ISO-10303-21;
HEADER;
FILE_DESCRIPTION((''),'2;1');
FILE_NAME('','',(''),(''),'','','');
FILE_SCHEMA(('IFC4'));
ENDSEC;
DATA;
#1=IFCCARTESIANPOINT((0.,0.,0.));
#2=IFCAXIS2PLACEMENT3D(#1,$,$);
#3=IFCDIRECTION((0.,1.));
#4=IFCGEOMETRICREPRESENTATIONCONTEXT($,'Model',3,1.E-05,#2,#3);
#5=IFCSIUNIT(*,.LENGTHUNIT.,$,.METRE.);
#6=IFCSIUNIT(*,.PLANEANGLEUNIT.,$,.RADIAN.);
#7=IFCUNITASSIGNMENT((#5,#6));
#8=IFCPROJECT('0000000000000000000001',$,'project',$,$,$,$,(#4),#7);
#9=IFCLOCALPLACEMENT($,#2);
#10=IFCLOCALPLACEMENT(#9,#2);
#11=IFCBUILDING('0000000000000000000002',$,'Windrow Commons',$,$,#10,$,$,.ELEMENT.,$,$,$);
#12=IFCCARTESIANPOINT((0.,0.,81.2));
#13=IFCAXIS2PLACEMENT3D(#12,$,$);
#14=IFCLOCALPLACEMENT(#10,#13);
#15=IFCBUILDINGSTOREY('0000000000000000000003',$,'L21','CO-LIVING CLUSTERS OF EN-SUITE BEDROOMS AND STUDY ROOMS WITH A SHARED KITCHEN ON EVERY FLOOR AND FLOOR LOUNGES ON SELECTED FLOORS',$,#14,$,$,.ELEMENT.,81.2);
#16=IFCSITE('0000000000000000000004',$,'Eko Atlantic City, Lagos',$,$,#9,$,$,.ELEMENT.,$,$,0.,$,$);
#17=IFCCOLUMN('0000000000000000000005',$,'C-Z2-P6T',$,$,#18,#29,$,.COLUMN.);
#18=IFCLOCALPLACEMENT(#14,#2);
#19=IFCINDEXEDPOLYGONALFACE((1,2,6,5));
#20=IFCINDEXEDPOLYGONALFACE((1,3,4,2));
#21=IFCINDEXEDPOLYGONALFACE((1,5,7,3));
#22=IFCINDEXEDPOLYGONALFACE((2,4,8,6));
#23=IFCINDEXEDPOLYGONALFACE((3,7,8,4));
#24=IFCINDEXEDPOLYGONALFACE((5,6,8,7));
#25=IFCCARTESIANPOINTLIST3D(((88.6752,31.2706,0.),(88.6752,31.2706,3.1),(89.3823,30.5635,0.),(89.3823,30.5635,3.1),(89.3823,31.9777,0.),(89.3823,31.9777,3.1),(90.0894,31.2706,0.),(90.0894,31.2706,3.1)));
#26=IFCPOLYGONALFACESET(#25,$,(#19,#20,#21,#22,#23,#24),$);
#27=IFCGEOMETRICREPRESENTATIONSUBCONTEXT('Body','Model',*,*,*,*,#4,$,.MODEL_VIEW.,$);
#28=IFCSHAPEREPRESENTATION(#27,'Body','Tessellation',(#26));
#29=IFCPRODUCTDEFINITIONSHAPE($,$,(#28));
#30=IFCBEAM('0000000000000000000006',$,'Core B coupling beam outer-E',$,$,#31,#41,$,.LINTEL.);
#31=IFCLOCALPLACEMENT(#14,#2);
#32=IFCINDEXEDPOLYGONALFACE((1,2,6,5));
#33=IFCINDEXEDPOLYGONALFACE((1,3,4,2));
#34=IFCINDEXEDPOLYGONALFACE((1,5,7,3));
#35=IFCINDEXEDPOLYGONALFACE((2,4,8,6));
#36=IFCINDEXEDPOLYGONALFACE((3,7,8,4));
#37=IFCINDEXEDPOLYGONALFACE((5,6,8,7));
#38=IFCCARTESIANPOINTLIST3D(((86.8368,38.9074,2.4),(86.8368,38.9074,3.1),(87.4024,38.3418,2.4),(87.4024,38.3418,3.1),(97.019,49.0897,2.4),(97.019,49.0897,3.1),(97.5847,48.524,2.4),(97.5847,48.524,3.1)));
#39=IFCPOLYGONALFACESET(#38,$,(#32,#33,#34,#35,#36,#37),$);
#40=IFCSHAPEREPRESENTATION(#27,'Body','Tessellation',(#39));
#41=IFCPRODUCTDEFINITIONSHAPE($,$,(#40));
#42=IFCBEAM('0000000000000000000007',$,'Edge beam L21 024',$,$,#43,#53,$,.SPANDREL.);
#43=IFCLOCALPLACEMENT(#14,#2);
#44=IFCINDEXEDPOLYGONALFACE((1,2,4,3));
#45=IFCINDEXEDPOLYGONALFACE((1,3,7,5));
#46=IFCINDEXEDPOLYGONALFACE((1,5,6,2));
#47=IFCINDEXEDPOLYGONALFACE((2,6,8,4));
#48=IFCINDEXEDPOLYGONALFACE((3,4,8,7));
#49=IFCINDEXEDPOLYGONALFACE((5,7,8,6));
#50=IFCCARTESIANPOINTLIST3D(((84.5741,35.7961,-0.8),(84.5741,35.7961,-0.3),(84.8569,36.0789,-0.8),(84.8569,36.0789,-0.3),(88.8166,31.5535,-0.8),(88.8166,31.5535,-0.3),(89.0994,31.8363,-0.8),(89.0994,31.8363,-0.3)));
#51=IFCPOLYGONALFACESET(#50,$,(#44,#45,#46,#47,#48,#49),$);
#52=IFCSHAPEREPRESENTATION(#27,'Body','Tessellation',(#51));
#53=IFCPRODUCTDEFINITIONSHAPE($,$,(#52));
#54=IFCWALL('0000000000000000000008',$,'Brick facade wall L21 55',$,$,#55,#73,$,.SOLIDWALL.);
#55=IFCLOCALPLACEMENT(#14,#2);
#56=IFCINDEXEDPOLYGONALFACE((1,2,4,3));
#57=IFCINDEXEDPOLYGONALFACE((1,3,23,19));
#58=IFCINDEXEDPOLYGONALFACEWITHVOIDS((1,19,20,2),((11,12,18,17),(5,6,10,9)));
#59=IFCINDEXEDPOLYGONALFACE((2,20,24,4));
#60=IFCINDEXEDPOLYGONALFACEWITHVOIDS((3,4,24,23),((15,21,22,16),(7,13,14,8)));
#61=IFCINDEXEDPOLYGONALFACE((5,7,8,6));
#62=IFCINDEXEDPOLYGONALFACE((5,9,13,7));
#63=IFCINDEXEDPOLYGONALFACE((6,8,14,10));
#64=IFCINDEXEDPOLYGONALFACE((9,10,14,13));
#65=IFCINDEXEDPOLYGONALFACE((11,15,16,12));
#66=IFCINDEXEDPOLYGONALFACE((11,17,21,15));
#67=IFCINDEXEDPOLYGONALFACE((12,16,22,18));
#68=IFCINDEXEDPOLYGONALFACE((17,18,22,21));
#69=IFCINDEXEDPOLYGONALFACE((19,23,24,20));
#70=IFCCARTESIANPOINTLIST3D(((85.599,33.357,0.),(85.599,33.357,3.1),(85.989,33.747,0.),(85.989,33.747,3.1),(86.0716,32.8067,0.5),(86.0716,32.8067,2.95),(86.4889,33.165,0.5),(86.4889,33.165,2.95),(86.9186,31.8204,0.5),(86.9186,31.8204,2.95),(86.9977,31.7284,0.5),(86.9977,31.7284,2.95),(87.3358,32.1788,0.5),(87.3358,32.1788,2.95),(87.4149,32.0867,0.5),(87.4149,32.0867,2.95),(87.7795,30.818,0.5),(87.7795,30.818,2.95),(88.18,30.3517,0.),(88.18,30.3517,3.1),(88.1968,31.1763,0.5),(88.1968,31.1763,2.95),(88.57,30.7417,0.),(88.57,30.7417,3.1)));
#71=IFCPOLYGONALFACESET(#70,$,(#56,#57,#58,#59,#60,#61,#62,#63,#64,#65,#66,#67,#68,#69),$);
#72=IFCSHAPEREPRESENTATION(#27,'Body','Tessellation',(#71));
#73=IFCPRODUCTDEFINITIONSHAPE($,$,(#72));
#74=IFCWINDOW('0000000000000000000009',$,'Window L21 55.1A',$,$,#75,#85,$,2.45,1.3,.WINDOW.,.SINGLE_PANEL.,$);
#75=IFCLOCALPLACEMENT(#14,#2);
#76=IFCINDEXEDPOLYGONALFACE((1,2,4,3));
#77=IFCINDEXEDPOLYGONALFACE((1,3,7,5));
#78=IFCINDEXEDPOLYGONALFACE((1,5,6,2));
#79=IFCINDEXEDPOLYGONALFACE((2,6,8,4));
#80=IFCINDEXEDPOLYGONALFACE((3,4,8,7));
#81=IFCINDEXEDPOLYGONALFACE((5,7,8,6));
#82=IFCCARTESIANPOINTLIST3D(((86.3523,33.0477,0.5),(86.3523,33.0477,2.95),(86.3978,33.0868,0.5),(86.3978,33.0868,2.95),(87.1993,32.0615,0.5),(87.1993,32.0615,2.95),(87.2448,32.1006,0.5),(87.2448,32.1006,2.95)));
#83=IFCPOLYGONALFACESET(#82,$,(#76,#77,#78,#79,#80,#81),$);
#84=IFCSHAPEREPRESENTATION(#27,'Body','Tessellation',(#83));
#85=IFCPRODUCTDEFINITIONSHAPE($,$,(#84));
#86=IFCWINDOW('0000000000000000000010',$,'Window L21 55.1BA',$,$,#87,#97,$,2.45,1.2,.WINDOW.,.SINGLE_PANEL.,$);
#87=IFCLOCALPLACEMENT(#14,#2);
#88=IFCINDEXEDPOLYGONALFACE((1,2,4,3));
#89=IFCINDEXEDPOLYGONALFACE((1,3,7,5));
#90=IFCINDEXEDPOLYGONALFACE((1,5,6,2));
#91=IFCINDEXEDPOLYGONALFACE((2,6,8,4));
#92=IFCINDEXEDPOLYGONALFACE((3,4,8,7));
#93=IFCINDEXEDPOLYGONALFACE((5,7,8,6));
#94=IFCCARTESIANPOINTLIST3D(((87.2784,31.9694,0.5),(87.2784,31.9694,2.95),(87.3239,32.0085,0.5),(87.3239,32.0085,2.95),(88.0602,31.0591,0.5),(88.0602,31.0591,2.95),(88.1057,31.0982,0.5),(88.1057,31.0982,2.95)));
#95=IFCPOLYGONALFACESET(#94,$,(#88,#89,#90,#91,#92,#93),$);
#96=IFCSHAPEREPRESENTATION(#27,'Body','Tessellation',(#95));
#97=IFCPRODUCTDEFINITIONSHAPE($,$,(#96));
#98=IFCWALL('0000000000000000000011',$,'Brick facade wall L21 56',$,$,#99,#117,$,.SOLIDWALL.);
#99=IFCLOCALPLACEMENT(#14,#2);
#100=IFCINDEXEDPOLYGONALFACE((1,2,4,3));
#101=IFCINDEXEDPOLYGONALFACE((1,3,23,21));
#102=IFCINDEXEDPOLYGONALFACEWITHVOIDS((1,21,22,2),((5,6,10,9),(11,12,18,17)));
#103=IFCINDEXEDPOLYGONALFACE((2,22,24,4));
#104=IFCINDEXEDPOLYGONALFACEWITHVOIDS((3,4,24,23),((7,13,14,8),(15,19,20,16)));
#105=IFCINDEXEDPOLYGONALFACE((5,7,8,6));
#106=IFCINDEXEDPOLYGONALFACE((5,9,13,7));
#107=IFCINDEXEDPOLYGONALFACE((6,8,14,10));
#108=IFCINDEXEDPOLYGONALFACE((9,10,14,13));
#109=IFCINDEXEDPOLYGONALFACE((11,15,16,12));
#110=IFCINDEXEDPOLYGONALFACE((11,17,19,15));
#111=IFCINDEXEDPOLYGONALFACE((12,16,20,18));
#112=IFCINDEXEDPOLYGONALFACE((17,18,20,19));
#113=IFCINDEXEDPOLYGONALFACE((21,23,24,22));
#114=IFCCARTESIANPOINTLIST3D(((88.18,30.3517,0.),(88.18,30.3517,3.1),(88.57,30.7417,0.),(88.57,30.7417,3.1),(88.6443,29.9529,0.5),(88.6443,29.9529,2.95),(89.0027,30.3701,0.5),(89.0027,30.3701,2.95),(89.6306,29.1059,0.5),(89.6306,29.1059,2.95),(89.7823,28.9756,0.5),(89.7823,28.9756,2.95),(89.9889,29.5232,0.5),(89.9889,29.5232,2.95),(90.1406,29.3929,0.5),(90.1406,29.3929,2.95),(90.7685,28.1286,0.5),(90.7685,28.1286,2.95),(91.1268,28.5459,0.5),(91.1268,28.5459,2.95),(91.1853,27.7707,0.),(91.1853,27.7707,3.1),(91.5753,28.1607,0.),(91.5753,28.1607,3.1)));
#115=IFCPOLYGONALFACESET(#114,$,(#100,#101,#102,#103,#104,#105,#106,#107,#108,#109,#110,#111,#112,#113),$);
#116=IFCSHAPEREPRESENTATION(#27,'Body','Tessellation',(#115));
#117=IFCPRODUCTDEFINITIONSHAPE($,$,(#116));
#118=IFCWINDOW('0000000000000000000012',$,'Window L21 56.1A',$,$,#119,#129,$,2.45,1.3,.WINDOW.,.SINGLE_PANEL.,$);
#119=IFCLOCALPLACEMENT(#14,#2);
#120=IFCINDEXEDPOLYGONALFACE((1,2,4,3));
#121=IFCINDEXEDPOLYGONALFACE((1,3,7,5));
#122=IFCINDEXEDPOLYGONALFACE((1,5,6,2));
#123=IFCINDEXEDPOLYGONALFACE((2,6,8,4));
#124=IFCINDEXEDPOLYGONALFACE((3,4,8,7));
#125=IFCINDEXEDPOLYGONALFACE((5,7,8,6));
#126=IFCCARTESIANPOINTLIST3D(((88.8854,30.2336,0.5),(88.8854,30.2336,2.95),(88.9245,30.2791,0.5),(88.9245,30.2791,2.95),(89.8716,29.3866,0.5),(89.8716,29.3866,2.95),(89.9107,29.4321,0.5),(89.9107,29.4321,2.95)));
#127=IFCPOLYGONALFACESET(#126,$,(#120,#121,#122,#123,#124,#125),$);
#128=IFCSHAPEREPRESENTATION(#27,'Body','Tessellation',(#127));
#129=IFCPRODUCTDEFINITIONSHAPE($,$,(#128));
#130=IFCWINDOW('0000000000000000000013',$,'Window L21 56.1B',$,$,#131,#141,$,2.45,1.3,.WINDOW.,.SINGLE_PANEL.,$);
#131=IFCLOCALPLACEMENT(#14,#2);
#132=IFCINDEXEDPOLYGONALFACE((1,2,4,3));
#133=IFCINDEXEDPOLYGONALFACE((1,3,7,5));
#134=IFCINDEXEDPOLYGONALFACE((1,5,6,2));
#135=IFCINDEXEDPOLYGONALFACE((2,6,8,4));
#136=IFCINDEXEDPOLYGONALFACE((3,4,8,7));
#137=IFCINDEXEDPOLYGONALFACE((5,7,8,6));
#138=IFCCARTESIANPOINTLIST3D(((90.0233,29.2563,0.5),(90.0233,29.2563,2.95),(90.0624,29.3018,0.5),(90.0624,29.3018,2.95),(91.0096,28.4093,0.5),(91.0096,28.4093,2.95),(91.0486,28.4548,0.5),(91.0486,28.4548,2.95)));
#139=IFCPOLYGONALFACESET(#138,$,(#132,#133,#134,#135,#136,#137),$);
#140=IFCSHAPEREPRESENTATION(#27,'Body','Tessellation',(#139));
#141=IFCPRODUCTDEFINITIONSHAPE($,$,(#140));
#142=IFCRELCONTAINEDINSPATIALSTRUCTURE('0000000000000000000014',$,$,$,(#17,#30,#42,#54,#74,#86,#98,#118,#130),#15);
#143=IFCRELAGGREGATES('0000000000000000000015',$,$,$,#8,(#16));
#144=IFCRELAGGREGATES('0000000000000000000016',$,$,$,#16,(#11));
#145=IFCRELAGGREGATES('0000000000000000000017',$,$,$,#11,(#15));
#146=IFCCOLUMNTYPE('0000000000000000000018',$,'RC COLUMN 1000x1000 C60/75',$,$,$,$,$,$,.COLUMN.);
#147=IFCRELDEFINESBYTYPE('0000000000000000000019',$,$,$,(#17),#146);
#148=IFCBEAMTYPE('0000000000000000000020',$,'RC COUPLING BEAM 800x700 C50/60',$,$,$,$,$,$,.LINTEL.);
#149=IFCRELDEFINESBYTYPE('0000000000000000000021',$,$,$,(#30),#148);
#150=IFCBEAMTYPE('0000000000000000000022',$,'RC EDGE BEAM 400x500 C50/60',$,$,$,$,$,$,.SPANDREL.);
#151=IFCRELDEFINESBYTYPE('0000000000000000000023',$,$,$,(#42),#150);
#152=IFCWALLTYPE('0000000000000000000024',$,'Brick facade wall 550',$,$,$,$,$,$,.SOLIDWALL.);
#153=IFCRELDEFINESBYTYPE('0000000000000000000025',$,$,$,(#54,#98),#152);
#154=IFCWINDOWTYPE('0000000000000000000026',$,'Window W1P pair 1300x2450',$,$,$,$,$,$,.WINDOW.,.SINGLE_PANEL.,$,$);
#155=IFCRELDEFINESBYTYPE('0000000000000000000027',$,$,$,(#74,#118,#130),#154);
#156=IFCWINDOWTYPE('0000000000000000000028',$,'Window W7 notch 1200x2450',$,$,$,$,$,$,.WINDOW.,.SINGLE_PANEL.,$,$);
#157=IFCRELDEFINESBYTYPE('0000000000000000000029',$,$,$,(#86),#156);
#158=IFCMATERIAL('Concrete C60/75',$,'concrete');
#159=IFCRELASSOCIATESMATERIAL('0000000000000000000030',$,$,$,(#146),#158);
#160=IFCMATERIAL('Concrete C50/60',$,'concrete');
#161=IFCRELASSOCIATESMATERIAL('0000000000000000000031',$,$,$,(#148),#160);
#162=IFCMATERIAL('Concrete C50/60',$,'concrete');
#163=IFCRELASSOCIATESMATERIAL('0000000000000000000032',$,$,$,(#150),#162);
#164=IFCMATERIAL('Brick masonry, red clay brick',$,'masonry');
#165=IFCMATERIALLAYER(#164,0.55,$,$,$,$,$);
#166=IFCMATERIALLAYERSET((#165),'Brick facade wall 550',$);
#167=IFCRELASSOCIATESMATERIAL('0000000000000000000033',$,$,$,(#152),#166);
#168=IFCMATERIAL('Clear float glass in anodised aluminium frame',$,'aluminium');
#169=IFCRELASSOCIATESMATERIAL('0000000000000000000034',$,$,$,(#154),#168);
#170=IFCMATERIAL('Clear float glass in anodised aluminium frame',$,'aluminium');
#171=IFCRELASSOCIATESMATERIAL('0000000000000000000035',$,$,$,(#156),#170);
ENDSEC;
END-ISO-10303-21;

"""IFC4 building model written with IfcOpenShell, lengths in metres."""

from ifc_helpers import new_model, si_unit, direction, frame, frame_2d, origin, origin_2d, place, context, subcontext, project, spatial, polyline, rectangle, outline, extrude, material, layer, layer_set, material_profile, profile_set, type_object, element, fill, save


model = new_model("IFC4")

# Units and contexts
model_context = context("Model", 3, precision=1e-05, world=origin(), true_north=direction((0.0, 1.0)))
body_context = subcontext(model_context, "Body", "Model", "MODEL_VIEW")
ifc_project = project(units=[si_unit("LENGTHUNIT", "METRE"), si_unit("PLANEANGLEUNIT", "RADIAN")], contexts=[model_context])

# Site, building, storey
site_placement = place(None, origin())
site = spatial("IfcSite", under=ifc_project, at=site_placement, Name="Eko Atlantic City, Lagos", CompositionType="ELEMENT", RefElevation=0.0)
building_placement = place(site_placement, origin())
building = spatial("IfcBuilding", under=site, at=building_placement, Name="Windrow Commons", CompositionType="ELEMENT")
storey_placement = place(building_placement, frame((0.0, 0.0, 81.2)))
storey = spatial("IfcBuildingStorey", under=building, at=storey_placement, Name="L21", Description="CO-LIVING CLUSTERS OF EN-SUITE BEDROOMS AND STUDY ROOMS WITH A SHARED KITCHEN ON EVERY FLOOR AND FLOOR LOUNGES ON SELECTED FLOORS", CompositionType="ELEMENT", Elevation=81.2)

# Column
ifc_material_1 = material(Name="Concrete C60/75", Category="concrete")
ifc_material_profile_1 = material_profile(ifc_material_1, rectangle(XDim=1.0, YDim=1.0, at=origin_2d()))
ifc_profile_set_1 = profile_set([ifc_material_profile_1], Name="Concrete C60/75")
column_type = type_object("IfcColumnType", Name="RC COLUMN 1000x1000 C60/75", PredefinedType="COLUMN", material=ifc_profile_set_1)
column_placement = place(storey_placement, frame((89.3823, 31.2706, 0.0), z_axis=(0.0, 0.0, 1.0), x_axis=(0.707107, -0.707107, 0.0)))
element("IfcColumn", 1, at=column_placement, inside=storey, type_object=column_type, Name="C-Z2-P6T", PredefinedType="COLUMN", context=body_context, shape_type="SweptSolid", body=[
    extrude(rectangle(XDim=1.0, YDim=1.0, at=origin_2d()), origin(), (0.0, 0.0, 1.0), 3.1),
])

# Beams
ifc_material_2 = material(Name="Concrete C50/60", Category="concrete")
ifc_material_profile_2 = material_profile(ifc_material_2, rectangle(XDim=0.8, YDim=0.7, at=origin_2d()))
ifc_profile_set_2 = profile_set([ifc_material_profile_2], Name="Concrete C50/60")
beam_type_1 = type_object("IfcBeamType", Name="RC COUPLING BEAM 800x700 C50/60", PredefinedType="LINTEL", material=ifc_profile_set_2)
beam_1_placement = place(storey_placement, frame((87.1196, 38.6246, 2.75), z_axis=(0.707107, 0.707107, 0.0), x_axis=(-0.707107, 0.707107, 0.0)))
element("IfcBeam", 2, at=beam_1_placement, inside=storey, type_object=beam_type_1, Name="Core B coupling beam outer-E", PredefinedType="LINTEL", context=body_context, shape_type="SweptSolid", body=[
    extrude(rectangle(XDim=0.8, YDim=0.7, at=origin_2d()), origin(), (0.0, 0.0, 1.0), 14.3999),
])
ifc_material_3 = material(Name="Concrete C50/60", Category="concrete")
ifc_material_profile_3 = material_profile(ifc_material_3, rectangle(XDim=0.4, YDim=0.5, at=origin_2d()))
ifc_profile_set_3 = profile_set([ifc_material_profile_3], Name="Concrete C50/60")
beam_type_2 = type_object("IfcBeamType", Name="RC EDGE BEAM 400x500 C50/60", PredefinedType="SPANDREL", material=ifc_profile_set_3)
beam_2_placement = place(storey_placement, frame((88.958, 31.6949, -0.55), z_axis=(-0.707098, 0.707115, 0.0), x_axis=(-0.707115, -0.707098, 0.0)))
element("IfcBeam", 3, at=beam_2_placement, inside=storey, type_object=beam_type_2, Name="Edge beam L21 024", PredefinedType="SPANDREL", context=body_context, shape_type="SweptSolid", body=[
    extrude(rectangle(XDim=0.4, YDim=0.5, at=origin_2d()), origin(), (0.0, 0.0, 1.0), 5.9999),
])

# Walls, openings, windows
ifc_material_4 = material(Name="Brick masonry, red clay brick", Category="masonry")
ifc_layer_1 = layer(ifc_material_4, 0.55)
ifc_layer_set_1 = layer_set([ifc_layer_1], Name="Brick facade wall 550")
wall_type_1 = type_object("IfcWallType", Name="Brick facade wall 550", PredefinedType="SOLIDWALL", material=ifc_layer_set_1)
wall_1_placement = place(storey_placement, frame((85.794, 33.552, 0.0), z_axis=(0.0, 0.0, 1.0), x_axis=(0.651523, -0.758629, 0.0)))
wall_1 = element("IfcWall", 4, at=wall_1_placement, inside=storey, type_object=wall_type_1, Name="Brick facade wall L21 55", PredefinedType="SOLIDWALL", context=body_context, shape_type="SweptSolid", body=[
    extrude(outline(polyline([(0.0209, -0.275), (3.9824, -0.275), (3.9406, 0.275), (-0.0209, 0.275), (0.0209, -0.275)])), origin(), (0.0, 0.0, 1.0), 3.1),
])
opening_1_placement = place(wall_1_placement, frame((0.7463, 0.0, 0.5)))
opening_1 = element("IfcOpeningElement", 5, at=opening_1_placement, cuts=wall_1, PredefinedType="OPENING", context=body_context, shape_type="SweptSolid", body=[
    extrude(rectangle(XDim=1.3, YDim=2.45, at=frame_2d((0.65, 1.225))), frame((0.0, 0.285, 0.0), z_axis=(0.0, -1.0, 0.0), x_axis=(1.0, 0.0, 0.0)), (0.0, 0.0, 1.0), 0.57),
])
opening_2_placement = place(wall_1_placement, frame((2.1677, 0.0, 0.5)))
opening_2 = element("IfcOpeningElement", 6, at=opening_2_placement, cuts=wall_1, PredefinedType="OPENING", context=body_context, shape_type="SweptSolid", body=[
    extrude(rectangle(XDim=1.2, YDim=2.45, at=frame_2d((0.6, 1.225))), frame((0.0, 0.285, 0.0), z_axis=(0.0, -1.0, 0.0), x_axis=(1.0, 0.0, 0.0)), (0.0, 0.0, 1.0), 0.57),
])
ifc_material_5 = material(Name="Clear float glass in anodised aluminium frame", Category="aluminium")
window_type_1 = type_object("IfcWindowType", Name="Window W1P pair 1300x2450", PartitioningType="SINGLE_PANEL", PredefinedType="WINDOW", material=ifc_material_5)
window_1_placement = place(opening_1_placement, origin())
window_1 = element("IfcWindow", 7, at=window_1_placement, inside=storey, type_object=window_type_1, Name="Window L21 55.1A", OverallHeight=2.45, OverallWidth=1.3, PartitioningType="SINGLE_PANEL", PredefinedType="WINDOW", context=body_context, shape_type="SweptSolid", body=[
    extrude(rectangle(XDim=1.3, YDim=2.45, at=frame_2d((0.65, 1.225))), frame((0.0, 0.155, 0.0), z_axis=(0.0, -1.0, 0.0), x_axis=(1.0, 0.0, 0.0)), (0.0, 0.0, 1.0), 0.06),
])
fill(opening_1, window_1)
ifc_material_6 = material(Name="Clear float glass in anodised aluminium frame", Category="aluminium")
window_type_2 = type_object("IfcWindowType", Name="Window W7 notch 1200x2450", PartitioningType="SINGLE_PANEL", PredefinedType="WINDOW", material=ifc_material_6)
window_2_placement = place(opening_2_placement, origin())
window_2 = element("IfcWindow", 8, at=window_2_placement, inside=storey, type_object=window_type_2, Name="Window L21 55.1BA", OverallHeight=2.45, OverallWidth=1.2, PartitioningType="SINGLE_PANEL", PredefinedType="WINDOW", context=body_context, shape_type="SweptSolid", body=[
    extrude(rectangle(XDim=1.2, YDim=2.45, at=frame_2d((0.6, 1.225))), frame((0.0, 0.155, 0.0), z_axis=(0.0, -1.0, 0.0), x_axis=(1.0, 0.0, 0.0)), (0.0, 0.0, 1.0), 0.06),
])
fill(opening_2, window_2)
wall_2_placement = place(storey_placement, frame((88.375, 30.5467, 0.0), z_axis=(0.0, 0.0, 1.0), x_axis=(0.758629, -0.651523, 0.0)))
wall_2 = element("IfcWall", 9, at=wall_2_placement, inside=storey, type_object=wall_type_1, Name="Brick facade wall L21 56", PredefinedType="SOLIDWALL", context=body_context, shape_type="SweptSolid", body=[
    extrude(outline(polyline([(-0.0209, -0.275), (3.9406, -0.275), (3.9824, 0.275), (0.0209, 0.275), (-0.0209, -0.275)])), origin(), (0.0, 0.0, 1.0), 3.1),
])
opening_3_placement = place(wall_2_placement, frame((0.5912, 0.0, 0.5)))
opening_3 = element("IfcOpeningElement", 10, at=opening_3_placement, cuts=wall_2, PredefinedType="OPENING", context=body_context, shape_type="SweptSolid", body=[
    extrude(rectangle(XDim=1.3, YDim=2.45, at=frame_2d((0.65, 1.225))), frame((0.0, 0.285, 0.0), z_axis=(0.0, -1.0, 0.0), x_axis=(1.0, 0.0, 0.0)), (0.0, 0.0, 1.0), 0.57),
])
opening_4_placement = place(wall_2_placement, frame((2.0912, 0.0, 0.5)))
opening_4 = element("IfcOpeningElement", 11, at=opening_4_placement, cuts=wall_2, PredefinedType="OPENING", context=body_context, shape_type="SweptSolid", body=[
    extrude(rectangle(XDim=1.3, YDim=2.45, at=frame_2d((0.65, 1.225))), frame((0.0, 0.285, 0.0), z_axis=(0.0, -1.0, 0.0), x_axis=(1.0, 0.0, 0.0)), (0.0, 0.0, 1.0), 0.57),
])
window_3_placement = place(opening_3_placement, origin())
window_3 = element("IfcWindow", 12, at=window_3_placement, inside=storey, type_object=window_type_1, Name="Window L21 56.1A", OverallHeight=2.45, OverallWidth=1.3, PartitioningType="SINGLE_PANEL", PredefinedType="WINDOW", context=body_context, shape_type="SweptSolid", body=[
    extrude(rectangle(XDim=1.3, YDim=2.45, at=frame_2d((0.65, 1.225))), frame((0.0, 0.155, 0.0), z_axis=(0.0, -1.0, 0.0), x_axis=(1.0, 0.0, 0.0)), (0.0, 0.0, 1.0), 0.06),
])
fill(opening_3, window_3)
window_4_placement = place(opening_4_placement, origin())
window_4 = element("IfcWindow", 13, at=window_4_placement, inside=storey, type_object=window_type_1, Name="Window L21 56.1B", OverallHeight=2.45, OverallWidth=1.3, PartitioningType="SINGLE_PANEL", PredefinedType="WINDOW", context=body_context, shape_type="SweptSolid", body=[
    extrude(rectangle(XDim=1.3, YDim=2.45, at=frame_2d((0.65, 1.225))), frame((0.0, 0.155, 0.0), z_axis=(0.0, -1.0, 0.0), x_axis=(1.0, 0.0, 0.0)), (0.0, 0.0, 1.0), 0.06),
])
fill(opening_4, window_4)

save(model, "model.ifc")
